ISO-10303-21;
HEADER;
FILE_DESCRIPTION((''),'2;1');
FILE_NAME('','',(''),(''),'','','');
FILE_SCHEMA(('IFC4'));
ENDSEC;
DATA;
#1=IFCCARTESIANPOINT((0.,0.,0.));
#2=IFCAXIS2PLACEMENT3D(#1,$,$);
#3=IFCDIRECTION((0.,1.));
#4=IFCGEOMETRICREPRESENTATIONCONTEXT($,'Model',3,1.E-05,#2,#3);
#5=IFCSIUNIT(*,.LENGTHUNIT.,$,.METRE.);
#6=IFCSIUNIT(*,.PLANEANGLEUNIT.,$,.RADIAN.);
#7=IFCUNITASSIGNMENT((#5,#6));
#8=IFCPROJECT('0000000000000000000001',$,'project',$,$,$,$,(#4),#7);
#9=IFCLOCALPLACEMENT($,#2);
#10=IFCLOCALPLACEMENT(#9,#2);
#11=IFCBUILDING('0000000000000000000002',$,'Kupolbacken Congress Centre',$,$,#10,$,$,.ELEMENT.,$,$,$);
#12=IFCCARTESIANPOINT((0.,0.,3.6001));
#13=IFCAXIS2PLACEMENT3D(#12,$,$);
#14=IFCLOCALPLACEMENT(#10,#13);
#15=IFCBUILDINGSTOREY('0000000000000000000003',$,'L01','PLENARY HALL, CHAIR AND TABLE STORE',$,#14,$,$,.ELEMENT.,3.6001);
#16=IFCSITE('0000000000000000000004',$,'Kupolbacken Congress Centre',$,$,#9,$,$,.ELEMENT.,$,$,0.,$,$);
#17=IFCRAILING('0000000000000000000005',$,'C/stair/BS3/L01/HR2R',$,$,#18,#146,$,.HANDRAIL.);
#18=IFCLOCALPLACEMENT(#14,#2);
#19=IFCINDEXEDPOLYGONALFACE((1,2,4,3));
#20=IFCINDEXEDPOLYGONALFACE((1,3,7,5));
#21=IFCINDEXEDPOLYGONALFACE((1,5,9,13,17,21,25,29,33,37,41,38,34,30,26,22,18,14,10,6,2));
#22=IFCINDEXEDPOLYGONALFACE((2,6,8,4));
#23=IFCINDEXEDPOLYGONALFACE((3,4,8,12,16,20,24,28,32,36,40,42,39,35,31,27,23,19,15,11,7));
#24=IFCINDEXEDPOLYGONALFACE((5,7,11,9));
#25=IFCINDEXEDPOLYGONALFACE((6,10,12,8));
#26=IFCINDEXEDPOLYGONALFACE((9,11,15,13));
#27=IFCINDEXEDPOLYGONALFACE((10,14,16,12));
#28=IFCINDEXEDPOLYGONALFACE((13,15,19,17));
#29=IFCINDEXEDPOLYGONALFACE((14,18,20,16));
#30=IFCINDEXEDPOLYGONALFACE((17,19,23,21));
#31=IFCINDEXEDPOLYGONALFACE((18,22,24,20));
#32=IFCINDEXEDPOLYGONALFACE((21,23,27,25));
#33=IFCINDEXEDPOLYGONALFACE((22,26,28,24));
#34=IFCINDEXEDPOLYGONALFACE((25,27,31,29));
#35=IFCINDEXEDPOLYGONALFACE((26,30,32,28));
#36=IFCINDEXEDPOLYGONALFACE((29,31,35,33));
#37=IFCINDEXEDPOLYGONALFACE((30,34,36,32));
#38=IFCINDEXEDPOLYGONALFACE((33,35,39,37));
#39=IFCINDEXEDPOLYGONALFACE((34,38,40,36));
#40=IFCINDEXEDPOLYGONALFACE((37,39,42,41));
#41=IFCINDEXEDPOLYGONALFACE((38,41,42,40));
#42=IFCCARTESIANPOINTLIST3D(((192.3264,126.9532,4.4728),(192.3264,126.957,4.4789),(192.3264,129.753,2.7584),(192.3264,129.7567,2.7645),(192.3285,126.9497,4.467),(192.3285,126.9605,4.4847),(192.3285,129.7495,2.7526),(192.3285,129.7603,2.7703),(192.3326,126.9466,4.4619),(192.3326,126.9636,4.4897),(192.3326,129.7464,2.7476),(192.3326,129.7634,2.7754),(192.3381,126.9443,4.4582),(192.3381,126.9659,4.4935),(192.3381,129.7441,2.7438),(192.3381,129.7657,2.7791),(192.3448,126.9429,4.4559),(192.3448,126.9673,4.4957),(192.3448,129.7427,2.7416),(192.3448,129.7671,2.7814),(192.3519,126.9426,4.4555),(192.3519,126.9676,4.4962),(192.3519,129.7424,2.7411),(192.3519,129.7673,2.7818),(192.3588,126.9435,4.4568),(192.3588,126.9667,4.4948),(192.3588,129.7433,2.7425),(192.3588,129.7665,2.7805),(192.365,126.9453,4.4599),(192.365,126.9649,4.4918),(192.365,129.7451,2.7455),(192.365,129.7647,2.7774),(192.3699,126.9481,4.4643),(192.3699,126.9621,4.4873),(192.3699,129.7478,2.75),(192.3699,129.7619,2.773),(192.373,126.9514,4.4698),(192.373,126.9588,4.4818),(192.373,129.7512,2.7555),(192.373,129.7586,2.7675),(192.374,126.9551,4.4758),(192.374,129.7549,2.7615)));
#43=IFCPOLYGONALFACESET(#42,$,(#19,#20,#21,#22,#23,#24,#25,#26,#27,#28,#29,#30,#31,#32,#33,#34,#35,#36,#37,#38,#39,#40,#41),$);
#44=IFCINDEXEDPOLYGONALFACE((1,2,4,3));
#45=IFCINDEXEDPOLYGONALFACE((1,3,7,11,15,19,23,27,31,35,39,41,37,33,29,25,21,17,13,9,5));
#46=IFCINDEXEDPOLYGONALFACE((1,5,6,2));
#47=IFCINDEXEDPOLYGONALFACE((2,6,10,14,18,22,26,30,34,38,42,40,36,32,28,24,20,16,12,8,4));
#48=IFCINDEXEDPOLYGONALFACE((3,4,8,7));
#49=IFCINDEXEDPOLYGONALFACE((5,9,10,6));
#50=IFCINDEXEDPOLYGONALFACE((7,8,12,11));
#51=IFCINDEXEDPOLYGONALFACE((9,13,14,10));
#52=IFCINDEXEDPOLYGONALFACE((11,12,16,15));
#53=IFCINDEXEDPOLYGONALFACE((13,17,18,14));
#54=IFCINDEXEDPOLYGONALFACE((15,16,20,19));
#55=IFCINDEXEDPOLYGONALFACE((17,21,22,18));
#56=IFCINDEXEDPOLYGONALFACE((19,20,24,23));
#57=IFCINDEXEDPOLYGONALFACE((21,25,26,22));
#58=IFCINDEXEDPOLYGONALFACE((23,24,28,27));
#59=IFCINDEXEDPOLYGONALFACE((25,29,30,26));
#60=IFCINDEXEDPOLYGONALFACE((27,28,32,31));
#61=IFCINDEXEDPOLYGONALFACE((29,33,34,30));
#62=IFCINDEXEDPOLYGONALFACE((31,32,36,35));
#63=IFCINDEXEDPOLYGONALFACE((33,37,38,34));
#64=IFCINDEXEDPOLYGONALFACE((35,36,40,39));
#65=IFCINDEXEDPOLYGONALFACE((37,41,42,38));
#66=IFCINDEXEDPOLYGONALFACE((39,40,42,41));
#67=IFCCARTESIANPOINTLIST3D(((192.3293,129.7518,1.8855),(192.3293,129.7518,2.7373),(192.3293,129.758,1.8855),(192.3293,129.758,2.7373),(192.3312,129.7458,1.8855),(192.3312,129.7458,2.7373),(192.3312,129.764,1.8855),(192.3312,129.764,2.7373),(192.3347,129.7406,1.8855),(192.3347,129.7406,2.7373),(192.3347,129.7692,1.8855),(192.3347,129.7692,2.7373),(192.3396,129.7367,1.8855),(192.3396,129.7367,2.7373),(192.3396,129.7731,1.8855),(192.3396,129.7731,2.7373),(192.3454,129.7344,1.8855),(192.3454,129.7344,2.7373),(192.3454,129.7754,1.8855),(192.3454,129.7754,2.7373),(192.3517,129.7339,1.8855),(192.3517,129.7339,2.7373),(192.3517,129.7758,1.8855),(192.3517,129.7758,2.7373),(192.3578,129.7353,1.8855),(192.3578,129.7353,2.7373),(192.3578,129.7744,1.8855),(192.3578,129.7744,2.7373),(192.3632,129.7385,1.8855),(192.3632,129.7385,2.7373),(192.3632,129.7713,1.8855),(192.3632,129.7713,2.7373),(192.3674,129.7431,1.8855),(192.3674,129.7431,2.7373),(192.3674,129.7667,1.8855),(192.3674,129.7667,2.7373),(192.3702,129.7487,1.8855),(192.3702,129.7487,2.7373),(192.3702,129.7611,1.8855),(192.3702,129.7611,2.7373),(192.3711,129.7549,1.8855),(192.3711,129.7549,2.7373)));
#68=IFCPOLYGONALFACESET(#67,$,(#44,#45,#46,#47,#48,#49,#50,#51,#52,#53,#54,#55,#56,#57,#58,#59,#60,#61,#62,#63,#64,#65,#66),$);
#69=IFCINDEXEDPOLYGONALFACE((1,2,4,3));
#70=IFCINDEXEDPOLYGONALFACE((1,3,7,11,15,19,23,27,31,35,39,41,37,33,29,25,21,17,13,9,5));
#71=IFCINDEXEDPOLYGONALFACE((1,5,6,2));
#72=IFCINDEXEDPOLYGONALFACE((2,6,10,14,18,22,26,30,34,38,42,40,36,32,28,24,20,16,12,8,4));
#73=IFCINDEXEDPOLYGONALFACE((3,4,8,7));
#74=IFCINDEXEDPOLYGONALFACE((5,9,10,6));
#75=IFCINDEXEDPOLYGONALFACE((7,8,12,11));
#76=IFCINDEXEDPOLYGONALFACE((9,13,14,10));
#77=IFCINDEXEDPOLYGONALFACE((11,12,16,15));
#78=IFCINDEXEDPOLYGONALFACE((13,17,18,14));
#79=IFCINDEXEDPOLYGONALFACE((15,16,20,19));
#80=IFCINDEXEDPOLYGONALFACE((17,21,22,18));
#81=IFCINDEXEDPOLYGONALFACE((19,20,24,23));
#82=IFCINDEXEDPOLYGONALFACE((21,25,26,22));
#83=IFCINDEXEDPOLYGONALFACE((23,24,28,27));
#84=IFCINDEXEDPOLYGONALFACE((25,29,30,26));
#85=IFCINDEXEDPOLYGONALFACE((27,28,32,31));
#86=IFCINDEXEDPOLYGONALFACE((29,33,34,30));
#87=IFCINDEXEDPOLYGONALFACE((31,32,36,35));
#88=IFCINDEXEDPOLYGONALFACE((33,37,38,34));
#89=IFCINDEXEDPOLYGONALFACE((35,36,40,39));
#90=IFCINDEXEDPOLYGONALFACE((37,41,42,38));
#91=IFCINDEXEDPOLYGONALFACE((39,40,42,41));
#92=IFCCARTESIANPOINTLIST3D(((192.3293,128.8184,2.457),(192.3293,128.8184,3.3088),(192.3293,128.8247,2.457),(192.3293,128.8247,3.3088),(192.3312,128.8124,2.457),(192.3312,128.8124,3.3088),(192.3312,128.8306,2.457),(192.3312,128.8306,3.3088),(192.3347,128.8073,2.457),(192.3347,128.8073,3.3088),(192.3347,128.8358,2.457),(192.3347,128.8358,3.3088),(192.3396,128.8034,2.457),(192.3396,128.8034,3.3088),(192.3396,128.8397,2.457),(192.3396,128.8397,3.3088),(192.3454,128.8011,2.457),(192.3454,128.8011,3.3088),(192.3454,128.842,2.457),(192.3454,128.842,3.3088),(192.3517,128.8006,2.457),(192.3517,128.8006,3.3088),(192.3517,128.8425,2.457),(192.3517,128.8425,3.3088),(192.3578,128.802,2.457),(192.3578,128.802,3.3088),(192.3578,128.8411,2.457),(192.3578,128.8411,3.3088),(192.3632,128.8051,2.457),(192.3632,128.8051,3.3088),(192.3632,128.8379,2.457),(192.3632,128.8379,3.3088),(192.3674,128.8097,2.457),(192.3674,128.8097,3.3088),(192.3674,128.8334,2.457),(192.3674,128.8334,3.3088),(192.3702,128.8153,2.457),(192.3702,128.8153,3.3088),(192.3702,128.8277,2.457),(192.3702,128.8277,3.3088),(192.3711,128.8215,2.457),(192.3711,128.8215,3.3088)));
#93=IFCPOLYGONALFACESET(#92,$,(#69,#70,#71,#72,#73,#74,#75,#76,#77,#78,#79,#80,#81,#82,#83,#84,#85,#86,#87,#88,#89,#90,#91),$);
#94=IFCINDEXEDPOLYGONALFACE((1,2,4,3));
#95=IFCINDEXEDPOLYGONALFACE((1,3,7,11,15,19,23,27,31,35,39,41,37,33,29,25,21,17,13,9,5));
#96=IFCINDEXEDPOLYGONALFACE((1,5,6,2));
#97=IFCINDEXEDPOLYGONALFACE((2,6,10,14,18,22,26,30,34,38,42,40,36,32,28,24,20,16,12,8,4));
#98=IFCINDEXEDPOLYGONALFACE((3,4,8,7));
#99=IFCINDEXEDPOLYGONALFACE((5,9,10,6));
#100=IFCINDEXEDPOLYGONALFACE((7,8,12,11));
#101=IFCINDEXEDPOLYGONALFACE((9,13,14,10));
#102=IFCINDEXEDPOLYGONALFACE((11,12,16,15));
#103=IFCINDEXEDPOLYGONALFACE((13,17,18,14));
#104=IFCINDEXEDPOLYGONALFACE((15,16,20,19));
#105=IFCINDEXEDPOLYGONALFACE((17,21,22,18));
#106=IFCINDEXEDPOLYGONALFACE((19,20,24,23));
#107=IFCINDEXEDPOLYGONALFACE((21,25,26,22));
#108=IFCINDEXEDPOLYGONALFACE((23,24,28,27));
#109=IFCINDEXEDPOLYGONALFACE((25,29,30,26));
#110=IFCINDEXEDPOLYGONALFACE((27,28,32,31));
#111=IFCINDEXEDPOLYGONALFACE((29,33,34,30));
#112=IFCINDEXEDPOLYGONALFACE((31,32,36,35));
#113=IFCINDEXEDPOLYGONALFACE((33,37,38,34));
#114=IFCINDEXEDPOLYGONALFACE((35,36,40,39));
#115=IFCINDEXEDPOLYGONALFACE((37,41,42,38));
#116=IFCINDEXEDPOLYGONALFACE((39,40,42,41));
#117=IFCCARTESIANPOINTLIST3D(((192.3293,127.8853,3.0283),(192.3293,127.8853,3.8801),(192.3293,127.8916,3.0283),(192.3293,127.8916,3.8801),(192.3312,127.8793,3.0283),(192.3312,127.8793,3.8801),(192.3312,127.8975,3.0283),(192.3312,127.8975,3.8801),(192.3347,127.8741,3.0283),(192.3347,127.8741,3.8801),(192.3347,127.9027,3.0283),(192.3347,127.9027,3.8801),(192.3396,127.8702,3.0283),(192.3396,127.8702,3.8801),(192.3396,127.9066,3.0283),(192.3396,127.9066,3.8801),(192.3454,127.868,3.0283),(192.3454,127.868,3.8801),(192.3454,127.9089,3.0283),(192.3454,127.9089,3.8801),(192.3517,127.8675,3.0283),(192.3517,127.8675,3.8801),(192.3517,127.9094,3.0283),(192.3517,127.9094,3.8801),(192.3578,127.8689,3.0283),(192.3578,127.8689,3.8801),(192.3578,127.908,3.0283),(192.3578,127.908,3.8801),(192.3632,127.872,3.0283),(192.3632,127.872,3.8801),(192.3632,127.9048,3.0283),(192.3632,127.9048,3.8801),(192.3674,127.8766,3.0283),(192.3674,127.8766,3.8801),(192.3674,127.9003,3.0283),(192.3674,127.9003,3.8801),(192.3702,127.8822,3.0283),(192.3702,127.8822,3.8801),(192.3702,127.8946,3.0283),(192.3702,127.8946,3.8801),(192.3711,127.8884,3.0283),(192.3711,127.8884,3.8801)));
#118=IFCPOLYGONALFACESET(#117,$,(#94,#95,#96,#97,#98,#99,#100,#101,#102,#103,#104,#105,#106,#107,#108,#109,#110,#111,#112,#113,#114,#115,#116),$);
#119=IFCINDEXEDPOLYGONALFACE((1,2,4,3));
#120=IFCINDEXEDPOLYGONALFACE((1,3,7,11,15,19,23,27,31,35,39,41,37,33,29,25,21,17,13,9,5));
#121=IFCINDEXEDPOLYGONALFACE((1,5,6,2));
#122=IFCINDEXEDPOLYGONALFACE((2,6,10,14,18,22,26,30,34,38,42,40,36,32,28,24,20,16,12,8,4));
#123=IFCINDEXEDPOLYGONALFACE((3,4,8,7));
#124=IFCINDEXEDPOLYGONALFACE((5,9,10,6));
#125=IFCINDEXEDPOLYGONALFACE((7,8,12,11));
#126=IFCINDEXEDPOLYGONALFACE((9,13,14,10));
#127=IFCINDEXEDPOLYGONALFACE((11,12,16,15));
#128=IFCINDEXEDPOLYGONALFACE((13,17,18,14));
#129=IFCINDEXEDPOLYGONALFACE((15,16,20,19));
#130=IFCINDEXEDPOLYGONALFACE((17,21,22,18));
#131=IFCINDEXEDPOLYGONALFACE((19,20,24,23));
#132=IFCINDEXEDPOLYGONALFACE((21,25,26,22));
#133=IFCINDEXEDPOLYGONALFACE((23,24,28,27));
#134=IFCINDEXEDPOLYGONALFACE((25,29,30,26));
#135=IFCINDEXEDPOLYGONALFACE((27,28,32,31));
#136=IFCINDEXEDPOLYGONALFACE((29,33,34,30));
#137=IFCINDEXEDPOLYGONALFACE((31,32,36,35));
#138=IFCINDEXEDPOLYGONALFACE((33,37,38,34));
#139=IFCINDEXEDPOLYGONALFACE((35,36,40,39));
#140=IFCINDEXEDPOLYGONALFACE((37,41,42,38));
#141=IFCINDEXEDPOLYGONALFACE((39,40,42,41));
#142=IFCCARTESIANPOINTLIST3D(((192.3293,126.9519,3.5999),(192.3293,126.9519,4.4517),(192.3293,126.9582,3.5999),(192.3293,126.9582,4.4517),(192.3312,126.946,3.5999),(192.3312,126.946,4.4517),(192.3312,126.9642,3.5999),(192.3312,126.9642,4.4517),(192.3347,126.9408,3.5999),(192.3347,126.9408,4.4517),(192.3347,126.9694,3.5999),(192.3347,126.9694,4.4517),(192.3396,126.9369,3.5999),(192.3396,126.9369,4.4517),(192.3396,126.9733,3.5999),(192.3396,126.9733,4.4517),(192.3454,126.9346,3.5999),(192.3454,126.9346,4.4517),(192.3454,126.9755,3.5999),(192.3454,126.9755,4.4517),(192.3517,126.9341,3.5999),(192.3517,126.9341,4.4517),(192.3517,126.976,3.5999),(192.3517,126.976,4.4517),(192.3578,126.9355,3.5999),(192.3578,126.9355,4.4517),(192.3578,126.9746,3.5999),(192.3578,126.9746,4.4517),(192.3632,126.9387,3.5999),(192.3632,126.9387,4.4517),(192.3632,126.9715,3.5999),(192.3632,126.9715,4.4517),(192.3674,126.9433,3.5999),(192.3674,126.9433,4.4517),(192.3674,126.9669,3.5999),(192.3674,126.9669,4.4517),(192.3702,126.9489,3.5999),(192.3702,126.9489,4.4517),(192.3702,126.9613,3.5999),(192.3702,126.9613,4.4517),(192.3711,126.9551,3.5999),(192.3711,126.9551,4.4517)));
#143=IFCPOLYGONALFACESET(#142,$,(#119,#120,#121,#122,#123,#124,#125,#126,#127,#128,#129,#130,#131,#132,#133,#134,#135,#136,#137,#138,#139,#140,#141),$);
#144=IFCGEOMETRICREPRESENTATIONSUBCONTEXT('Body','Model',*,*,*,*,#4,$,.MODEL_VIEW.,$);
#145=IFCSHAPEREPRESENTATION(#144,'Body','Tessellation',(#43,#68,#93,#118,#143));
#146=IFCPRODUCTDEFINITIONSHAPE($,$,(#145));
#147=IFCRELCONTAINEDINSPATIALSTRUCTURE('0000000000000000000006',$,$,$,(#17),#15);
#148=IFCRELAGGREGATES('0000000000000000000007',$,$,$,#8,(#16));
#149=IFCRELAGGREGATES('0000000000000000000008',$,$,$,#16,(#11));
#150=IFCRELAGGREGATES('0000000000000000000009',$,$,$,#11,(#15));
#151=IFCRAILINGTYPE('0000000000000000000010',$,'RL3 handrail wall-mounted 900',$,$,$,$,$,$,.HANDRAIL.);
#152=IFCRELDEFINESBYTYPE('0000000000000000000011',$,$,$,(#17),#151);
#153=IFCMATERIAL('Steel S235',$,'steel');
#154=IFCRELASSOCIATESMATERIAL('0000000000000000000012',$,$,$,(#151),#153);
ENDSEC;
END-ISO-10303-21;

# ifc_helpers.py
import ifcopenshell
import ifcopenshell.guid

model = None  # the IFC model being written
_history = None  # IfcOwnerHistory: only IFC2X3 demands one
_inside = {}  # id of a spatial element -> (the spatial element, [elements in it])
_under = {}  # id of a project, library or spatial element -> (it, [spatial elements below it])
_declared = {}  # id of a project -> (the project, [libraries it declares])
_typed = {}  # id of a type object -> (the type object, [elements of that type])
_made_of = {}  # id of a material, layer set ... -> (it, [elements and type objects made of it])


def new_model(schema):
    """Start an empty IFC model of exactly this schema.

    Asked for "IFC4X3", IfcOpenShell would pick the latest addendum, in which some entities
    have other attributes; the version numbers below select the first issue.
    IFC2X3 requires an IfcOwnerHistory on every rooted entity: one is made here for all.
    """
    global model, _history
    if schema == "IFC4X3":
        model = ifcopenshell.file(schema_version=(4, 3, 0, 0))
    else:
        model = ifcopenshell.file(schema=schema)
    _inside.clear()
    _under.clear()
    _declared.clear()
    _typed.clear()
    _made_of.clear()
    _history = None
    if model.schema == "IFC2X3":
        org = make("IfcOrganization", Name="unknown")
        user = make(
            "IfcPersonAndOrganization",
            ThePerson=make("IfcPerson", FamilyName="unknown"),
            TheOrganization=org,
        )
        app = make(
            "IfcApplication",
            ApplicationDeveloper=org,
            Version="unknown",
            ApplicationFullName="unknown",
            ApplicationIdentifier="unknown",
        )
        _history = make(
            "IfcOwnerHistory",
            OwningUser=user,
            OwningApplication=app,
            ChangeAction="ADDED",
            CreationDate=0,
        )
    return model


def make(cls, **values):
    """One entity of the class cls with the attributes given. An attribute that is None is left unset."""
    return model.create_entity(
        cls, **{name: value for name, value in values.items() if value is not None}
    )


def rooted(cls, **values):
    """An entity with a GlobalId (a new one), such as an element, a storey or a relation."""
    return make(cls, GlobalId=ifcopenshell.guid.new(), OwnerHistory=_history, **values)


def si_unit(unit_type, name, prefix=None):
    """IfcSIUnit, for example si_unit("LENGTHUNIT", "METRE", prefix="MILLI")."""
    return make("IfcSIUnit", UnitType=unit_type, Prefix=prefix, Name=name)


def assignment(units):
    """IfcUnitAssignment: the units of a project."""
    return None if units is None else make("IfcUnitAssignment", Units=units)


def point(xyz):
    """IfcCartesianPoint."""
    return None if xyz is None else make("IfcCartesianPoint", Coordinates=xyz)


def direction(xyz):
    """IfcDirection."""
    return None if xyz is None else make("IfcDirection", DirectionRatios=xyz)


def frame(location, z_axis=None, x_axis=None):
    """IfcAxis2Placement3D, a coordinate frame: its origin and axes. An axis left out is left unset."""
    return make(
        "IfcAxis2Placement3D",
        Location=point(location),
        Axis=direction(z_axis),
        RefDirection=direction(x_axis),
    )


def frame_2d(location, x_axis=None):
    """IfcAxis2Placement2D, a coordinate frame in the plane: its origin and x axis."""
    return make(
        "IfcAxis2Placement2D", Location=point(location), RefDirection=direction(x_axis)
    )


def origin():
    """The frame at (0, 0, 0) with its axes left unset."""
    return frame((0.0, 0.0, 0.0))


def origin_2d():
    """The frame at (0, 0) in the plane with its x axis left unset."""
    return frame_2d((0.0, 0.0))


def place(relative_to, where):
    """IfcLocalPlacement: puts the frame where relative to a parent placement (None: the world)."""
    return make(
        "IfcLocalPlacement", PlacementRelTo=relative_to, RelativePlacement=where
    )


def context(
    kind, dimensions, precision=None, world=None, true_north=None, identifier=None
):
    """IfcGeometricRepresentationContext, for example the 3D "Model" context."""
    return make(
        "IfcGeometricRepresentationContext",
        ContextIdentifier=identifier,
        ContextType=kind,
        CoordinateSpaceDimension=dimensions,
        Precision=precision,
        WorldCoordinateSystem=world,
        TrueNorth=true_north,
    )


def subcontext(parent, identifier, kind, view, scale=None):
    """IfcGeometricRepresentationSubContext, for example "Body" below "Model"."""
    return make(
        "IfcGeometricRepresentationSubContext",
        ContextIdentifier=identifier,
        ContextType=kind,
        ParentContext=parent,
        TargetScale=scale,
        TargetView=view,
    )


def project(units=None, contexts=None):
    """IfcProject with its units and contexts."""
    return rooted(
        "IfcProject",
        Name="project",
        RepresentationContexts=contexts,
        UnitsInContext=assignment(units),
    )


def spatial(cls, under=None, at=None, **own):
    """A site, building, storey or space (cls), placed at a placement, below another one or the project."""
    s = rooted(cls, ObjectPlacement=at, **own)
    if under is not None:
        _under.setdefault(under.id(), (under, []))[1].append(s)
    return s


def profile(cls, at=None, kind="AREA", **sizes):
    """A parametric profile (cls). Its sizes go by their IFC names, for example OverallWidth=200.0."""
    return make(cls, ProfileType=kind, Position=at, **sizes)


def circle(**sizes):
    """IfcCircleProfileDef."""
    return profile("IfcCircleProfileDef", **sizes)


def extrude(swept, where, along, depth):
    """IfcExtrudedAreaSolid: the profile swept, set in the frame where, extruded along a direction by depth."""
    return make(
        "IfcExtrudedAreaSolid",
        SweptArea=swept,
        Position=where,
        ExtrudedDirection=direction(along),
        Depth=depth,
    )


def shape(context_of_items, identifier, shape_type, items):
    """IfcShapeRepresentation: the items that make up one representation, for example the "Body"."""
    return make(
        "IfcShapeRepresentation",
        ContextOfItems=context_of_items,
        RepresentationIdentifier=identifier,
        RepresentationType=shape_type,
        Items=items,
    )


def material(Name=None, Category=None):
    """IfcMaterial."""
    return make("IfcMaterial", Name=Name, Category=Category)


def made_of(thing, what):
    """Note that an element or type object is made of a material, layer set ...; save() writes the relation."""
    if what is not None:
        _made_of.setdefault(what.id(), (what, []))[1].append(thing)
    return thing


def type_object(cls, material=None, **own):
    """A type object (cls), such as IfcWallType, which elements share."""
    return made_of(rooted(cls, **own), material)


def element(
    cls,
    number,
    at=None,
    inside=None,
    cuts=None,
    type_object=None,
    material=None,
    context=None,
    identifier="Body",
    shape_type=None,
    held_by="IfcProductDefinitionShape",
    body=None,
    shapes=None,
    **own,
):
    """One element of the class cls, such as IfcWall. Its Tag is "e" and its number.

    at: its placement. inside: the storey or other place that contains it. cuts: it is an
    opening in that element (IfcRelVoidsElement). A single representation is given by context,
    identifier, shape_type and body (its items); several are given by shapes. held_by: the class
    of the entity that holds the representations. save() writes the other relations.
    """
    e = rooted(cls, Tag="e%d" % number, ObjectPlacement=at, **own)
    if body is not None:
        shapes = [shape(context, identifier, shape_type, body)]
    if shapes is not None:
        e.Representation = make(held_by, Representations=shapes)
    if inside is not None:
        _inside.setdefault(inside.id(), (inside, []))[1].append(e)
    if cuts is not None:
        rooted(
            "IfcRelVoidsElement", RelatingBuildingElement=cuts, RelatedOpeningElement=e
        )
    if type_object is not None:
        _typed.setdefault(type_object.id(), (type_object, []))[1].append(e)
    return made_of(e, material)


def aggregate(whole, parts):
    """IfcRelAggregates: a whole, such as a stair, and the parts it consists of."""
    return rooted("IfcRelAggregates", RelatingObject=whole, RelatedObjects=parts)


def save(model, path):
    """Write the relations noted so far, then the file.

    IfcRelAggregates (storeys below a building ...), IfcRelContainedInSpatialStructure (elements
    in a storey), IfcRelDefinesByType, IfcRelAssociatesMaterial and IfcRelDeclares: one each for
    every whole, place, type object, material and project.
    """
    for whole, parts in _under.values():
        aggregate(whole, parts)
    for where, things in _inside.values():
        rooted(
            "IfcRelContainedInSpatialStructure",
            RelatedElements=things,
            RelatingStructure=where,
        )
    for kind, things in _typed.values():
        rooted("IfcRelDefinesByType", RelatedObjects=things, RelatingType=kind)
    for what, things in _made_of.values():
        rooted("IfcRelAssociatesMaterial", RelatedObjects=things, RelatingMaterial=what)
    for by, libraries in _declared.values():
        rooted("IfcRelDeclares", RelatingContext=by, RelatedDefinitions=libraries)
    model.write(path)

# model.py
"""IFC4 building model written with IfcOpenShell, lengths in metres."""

from ifc_helpers import new_model, si_unit, direction, frame, origin, origin_2d, place, context, subcontext, project, spatial, circle, extrude, material, type_object, element, save


model = new_model("IFC4")

# Units and contexts
model_context = context("Model", 3, precision=1e-05, world=origin(), true_north=direction((0.0, 1.0)))
body_context = subcontext(model_context, "Body", "Model", "MODEL_VIEW")
ifc_project = project(units=[si_unit("LENGTHUNIT", "METRE"), si_unit("PLANEANGLEUNIT", "RADIAN")], contexts=[model_context])

# Site, building, storey
site_placement = place(None, origin())
site = spatial("IfcSite", under=ifc_project, at=site_placement, Name="Kupolbacken Congress Centre", CompositionType="ELEMENT", RefElevation=0.0)
building_placement = place(site_placement, origin())
building = spatial("IfcBuilding", under=site, at=building_placement, Name="Kupolbacken Congress Centre", CompositionType="ELEMENT")
storey_placement = place(building_placement, frame((0.0, 0.0, 3.6001)))
storey = spatial("IfcBuildingStorey", under=building, at=storey_placement, Name="L01", Description="PLENARY HALL, CHAIR AND TABLE STORE", CompositionType="ELEMENT", Elevation=3.6001)

# Railing
ifc_material_1 = material(Name="Steel S235", Category="steel")
railing_type = type_object("IfcRailingType", Name="RL3 handrail wall-mounted 900", PredefinedType="HANDRAIL", material=ifc_material_1)
for number, where, name in (
    (1, (192.3501, 129.7549, 1.8855), "C/stair/BS3/L01/HR2R"),
):
    element("IfcRailing", number, at=place(storey_placement, frame(where)), inside=storey, type_object=railing_type, Name=name, PredefinedType="HANDRAIL", context=body_context, shape_type="SweptSolid", body=[
        extrude(circle(Radius=0.0239, at=origin_2d()), frame((0.0, 0.0, 0.876), z_axis=(0.0, -0.852826, 0.522196), x_axis=(1.0, 0.0, 0.0)), (0.0, 0.0, 1.0), 3.283),
        extrude(circle(Radius=0.021, at=origin_2d()), origin(), (0.0, 0.0, 1.0), 0.8518),
        extrude(circle(Radius=0.021, at=origin_2d()), frame((0.0, -0.9333, 0.5715)), (0.0, 0.0, 1.0), 0.8518),
        extrude(circle(Radius=0.021, at=origin_2d()), frame((0.0, -1.8665, 1.1428)), (0.0, 0.0, 1.0), 0.8518),
        extrude(circle(Radius=0.021, at=origin_2d()), frame((0.0, -2.7998, 1.7144)), (0.0, 0.0, 1.0), 0.8518),
    ])

save(model, "model.ifc")
